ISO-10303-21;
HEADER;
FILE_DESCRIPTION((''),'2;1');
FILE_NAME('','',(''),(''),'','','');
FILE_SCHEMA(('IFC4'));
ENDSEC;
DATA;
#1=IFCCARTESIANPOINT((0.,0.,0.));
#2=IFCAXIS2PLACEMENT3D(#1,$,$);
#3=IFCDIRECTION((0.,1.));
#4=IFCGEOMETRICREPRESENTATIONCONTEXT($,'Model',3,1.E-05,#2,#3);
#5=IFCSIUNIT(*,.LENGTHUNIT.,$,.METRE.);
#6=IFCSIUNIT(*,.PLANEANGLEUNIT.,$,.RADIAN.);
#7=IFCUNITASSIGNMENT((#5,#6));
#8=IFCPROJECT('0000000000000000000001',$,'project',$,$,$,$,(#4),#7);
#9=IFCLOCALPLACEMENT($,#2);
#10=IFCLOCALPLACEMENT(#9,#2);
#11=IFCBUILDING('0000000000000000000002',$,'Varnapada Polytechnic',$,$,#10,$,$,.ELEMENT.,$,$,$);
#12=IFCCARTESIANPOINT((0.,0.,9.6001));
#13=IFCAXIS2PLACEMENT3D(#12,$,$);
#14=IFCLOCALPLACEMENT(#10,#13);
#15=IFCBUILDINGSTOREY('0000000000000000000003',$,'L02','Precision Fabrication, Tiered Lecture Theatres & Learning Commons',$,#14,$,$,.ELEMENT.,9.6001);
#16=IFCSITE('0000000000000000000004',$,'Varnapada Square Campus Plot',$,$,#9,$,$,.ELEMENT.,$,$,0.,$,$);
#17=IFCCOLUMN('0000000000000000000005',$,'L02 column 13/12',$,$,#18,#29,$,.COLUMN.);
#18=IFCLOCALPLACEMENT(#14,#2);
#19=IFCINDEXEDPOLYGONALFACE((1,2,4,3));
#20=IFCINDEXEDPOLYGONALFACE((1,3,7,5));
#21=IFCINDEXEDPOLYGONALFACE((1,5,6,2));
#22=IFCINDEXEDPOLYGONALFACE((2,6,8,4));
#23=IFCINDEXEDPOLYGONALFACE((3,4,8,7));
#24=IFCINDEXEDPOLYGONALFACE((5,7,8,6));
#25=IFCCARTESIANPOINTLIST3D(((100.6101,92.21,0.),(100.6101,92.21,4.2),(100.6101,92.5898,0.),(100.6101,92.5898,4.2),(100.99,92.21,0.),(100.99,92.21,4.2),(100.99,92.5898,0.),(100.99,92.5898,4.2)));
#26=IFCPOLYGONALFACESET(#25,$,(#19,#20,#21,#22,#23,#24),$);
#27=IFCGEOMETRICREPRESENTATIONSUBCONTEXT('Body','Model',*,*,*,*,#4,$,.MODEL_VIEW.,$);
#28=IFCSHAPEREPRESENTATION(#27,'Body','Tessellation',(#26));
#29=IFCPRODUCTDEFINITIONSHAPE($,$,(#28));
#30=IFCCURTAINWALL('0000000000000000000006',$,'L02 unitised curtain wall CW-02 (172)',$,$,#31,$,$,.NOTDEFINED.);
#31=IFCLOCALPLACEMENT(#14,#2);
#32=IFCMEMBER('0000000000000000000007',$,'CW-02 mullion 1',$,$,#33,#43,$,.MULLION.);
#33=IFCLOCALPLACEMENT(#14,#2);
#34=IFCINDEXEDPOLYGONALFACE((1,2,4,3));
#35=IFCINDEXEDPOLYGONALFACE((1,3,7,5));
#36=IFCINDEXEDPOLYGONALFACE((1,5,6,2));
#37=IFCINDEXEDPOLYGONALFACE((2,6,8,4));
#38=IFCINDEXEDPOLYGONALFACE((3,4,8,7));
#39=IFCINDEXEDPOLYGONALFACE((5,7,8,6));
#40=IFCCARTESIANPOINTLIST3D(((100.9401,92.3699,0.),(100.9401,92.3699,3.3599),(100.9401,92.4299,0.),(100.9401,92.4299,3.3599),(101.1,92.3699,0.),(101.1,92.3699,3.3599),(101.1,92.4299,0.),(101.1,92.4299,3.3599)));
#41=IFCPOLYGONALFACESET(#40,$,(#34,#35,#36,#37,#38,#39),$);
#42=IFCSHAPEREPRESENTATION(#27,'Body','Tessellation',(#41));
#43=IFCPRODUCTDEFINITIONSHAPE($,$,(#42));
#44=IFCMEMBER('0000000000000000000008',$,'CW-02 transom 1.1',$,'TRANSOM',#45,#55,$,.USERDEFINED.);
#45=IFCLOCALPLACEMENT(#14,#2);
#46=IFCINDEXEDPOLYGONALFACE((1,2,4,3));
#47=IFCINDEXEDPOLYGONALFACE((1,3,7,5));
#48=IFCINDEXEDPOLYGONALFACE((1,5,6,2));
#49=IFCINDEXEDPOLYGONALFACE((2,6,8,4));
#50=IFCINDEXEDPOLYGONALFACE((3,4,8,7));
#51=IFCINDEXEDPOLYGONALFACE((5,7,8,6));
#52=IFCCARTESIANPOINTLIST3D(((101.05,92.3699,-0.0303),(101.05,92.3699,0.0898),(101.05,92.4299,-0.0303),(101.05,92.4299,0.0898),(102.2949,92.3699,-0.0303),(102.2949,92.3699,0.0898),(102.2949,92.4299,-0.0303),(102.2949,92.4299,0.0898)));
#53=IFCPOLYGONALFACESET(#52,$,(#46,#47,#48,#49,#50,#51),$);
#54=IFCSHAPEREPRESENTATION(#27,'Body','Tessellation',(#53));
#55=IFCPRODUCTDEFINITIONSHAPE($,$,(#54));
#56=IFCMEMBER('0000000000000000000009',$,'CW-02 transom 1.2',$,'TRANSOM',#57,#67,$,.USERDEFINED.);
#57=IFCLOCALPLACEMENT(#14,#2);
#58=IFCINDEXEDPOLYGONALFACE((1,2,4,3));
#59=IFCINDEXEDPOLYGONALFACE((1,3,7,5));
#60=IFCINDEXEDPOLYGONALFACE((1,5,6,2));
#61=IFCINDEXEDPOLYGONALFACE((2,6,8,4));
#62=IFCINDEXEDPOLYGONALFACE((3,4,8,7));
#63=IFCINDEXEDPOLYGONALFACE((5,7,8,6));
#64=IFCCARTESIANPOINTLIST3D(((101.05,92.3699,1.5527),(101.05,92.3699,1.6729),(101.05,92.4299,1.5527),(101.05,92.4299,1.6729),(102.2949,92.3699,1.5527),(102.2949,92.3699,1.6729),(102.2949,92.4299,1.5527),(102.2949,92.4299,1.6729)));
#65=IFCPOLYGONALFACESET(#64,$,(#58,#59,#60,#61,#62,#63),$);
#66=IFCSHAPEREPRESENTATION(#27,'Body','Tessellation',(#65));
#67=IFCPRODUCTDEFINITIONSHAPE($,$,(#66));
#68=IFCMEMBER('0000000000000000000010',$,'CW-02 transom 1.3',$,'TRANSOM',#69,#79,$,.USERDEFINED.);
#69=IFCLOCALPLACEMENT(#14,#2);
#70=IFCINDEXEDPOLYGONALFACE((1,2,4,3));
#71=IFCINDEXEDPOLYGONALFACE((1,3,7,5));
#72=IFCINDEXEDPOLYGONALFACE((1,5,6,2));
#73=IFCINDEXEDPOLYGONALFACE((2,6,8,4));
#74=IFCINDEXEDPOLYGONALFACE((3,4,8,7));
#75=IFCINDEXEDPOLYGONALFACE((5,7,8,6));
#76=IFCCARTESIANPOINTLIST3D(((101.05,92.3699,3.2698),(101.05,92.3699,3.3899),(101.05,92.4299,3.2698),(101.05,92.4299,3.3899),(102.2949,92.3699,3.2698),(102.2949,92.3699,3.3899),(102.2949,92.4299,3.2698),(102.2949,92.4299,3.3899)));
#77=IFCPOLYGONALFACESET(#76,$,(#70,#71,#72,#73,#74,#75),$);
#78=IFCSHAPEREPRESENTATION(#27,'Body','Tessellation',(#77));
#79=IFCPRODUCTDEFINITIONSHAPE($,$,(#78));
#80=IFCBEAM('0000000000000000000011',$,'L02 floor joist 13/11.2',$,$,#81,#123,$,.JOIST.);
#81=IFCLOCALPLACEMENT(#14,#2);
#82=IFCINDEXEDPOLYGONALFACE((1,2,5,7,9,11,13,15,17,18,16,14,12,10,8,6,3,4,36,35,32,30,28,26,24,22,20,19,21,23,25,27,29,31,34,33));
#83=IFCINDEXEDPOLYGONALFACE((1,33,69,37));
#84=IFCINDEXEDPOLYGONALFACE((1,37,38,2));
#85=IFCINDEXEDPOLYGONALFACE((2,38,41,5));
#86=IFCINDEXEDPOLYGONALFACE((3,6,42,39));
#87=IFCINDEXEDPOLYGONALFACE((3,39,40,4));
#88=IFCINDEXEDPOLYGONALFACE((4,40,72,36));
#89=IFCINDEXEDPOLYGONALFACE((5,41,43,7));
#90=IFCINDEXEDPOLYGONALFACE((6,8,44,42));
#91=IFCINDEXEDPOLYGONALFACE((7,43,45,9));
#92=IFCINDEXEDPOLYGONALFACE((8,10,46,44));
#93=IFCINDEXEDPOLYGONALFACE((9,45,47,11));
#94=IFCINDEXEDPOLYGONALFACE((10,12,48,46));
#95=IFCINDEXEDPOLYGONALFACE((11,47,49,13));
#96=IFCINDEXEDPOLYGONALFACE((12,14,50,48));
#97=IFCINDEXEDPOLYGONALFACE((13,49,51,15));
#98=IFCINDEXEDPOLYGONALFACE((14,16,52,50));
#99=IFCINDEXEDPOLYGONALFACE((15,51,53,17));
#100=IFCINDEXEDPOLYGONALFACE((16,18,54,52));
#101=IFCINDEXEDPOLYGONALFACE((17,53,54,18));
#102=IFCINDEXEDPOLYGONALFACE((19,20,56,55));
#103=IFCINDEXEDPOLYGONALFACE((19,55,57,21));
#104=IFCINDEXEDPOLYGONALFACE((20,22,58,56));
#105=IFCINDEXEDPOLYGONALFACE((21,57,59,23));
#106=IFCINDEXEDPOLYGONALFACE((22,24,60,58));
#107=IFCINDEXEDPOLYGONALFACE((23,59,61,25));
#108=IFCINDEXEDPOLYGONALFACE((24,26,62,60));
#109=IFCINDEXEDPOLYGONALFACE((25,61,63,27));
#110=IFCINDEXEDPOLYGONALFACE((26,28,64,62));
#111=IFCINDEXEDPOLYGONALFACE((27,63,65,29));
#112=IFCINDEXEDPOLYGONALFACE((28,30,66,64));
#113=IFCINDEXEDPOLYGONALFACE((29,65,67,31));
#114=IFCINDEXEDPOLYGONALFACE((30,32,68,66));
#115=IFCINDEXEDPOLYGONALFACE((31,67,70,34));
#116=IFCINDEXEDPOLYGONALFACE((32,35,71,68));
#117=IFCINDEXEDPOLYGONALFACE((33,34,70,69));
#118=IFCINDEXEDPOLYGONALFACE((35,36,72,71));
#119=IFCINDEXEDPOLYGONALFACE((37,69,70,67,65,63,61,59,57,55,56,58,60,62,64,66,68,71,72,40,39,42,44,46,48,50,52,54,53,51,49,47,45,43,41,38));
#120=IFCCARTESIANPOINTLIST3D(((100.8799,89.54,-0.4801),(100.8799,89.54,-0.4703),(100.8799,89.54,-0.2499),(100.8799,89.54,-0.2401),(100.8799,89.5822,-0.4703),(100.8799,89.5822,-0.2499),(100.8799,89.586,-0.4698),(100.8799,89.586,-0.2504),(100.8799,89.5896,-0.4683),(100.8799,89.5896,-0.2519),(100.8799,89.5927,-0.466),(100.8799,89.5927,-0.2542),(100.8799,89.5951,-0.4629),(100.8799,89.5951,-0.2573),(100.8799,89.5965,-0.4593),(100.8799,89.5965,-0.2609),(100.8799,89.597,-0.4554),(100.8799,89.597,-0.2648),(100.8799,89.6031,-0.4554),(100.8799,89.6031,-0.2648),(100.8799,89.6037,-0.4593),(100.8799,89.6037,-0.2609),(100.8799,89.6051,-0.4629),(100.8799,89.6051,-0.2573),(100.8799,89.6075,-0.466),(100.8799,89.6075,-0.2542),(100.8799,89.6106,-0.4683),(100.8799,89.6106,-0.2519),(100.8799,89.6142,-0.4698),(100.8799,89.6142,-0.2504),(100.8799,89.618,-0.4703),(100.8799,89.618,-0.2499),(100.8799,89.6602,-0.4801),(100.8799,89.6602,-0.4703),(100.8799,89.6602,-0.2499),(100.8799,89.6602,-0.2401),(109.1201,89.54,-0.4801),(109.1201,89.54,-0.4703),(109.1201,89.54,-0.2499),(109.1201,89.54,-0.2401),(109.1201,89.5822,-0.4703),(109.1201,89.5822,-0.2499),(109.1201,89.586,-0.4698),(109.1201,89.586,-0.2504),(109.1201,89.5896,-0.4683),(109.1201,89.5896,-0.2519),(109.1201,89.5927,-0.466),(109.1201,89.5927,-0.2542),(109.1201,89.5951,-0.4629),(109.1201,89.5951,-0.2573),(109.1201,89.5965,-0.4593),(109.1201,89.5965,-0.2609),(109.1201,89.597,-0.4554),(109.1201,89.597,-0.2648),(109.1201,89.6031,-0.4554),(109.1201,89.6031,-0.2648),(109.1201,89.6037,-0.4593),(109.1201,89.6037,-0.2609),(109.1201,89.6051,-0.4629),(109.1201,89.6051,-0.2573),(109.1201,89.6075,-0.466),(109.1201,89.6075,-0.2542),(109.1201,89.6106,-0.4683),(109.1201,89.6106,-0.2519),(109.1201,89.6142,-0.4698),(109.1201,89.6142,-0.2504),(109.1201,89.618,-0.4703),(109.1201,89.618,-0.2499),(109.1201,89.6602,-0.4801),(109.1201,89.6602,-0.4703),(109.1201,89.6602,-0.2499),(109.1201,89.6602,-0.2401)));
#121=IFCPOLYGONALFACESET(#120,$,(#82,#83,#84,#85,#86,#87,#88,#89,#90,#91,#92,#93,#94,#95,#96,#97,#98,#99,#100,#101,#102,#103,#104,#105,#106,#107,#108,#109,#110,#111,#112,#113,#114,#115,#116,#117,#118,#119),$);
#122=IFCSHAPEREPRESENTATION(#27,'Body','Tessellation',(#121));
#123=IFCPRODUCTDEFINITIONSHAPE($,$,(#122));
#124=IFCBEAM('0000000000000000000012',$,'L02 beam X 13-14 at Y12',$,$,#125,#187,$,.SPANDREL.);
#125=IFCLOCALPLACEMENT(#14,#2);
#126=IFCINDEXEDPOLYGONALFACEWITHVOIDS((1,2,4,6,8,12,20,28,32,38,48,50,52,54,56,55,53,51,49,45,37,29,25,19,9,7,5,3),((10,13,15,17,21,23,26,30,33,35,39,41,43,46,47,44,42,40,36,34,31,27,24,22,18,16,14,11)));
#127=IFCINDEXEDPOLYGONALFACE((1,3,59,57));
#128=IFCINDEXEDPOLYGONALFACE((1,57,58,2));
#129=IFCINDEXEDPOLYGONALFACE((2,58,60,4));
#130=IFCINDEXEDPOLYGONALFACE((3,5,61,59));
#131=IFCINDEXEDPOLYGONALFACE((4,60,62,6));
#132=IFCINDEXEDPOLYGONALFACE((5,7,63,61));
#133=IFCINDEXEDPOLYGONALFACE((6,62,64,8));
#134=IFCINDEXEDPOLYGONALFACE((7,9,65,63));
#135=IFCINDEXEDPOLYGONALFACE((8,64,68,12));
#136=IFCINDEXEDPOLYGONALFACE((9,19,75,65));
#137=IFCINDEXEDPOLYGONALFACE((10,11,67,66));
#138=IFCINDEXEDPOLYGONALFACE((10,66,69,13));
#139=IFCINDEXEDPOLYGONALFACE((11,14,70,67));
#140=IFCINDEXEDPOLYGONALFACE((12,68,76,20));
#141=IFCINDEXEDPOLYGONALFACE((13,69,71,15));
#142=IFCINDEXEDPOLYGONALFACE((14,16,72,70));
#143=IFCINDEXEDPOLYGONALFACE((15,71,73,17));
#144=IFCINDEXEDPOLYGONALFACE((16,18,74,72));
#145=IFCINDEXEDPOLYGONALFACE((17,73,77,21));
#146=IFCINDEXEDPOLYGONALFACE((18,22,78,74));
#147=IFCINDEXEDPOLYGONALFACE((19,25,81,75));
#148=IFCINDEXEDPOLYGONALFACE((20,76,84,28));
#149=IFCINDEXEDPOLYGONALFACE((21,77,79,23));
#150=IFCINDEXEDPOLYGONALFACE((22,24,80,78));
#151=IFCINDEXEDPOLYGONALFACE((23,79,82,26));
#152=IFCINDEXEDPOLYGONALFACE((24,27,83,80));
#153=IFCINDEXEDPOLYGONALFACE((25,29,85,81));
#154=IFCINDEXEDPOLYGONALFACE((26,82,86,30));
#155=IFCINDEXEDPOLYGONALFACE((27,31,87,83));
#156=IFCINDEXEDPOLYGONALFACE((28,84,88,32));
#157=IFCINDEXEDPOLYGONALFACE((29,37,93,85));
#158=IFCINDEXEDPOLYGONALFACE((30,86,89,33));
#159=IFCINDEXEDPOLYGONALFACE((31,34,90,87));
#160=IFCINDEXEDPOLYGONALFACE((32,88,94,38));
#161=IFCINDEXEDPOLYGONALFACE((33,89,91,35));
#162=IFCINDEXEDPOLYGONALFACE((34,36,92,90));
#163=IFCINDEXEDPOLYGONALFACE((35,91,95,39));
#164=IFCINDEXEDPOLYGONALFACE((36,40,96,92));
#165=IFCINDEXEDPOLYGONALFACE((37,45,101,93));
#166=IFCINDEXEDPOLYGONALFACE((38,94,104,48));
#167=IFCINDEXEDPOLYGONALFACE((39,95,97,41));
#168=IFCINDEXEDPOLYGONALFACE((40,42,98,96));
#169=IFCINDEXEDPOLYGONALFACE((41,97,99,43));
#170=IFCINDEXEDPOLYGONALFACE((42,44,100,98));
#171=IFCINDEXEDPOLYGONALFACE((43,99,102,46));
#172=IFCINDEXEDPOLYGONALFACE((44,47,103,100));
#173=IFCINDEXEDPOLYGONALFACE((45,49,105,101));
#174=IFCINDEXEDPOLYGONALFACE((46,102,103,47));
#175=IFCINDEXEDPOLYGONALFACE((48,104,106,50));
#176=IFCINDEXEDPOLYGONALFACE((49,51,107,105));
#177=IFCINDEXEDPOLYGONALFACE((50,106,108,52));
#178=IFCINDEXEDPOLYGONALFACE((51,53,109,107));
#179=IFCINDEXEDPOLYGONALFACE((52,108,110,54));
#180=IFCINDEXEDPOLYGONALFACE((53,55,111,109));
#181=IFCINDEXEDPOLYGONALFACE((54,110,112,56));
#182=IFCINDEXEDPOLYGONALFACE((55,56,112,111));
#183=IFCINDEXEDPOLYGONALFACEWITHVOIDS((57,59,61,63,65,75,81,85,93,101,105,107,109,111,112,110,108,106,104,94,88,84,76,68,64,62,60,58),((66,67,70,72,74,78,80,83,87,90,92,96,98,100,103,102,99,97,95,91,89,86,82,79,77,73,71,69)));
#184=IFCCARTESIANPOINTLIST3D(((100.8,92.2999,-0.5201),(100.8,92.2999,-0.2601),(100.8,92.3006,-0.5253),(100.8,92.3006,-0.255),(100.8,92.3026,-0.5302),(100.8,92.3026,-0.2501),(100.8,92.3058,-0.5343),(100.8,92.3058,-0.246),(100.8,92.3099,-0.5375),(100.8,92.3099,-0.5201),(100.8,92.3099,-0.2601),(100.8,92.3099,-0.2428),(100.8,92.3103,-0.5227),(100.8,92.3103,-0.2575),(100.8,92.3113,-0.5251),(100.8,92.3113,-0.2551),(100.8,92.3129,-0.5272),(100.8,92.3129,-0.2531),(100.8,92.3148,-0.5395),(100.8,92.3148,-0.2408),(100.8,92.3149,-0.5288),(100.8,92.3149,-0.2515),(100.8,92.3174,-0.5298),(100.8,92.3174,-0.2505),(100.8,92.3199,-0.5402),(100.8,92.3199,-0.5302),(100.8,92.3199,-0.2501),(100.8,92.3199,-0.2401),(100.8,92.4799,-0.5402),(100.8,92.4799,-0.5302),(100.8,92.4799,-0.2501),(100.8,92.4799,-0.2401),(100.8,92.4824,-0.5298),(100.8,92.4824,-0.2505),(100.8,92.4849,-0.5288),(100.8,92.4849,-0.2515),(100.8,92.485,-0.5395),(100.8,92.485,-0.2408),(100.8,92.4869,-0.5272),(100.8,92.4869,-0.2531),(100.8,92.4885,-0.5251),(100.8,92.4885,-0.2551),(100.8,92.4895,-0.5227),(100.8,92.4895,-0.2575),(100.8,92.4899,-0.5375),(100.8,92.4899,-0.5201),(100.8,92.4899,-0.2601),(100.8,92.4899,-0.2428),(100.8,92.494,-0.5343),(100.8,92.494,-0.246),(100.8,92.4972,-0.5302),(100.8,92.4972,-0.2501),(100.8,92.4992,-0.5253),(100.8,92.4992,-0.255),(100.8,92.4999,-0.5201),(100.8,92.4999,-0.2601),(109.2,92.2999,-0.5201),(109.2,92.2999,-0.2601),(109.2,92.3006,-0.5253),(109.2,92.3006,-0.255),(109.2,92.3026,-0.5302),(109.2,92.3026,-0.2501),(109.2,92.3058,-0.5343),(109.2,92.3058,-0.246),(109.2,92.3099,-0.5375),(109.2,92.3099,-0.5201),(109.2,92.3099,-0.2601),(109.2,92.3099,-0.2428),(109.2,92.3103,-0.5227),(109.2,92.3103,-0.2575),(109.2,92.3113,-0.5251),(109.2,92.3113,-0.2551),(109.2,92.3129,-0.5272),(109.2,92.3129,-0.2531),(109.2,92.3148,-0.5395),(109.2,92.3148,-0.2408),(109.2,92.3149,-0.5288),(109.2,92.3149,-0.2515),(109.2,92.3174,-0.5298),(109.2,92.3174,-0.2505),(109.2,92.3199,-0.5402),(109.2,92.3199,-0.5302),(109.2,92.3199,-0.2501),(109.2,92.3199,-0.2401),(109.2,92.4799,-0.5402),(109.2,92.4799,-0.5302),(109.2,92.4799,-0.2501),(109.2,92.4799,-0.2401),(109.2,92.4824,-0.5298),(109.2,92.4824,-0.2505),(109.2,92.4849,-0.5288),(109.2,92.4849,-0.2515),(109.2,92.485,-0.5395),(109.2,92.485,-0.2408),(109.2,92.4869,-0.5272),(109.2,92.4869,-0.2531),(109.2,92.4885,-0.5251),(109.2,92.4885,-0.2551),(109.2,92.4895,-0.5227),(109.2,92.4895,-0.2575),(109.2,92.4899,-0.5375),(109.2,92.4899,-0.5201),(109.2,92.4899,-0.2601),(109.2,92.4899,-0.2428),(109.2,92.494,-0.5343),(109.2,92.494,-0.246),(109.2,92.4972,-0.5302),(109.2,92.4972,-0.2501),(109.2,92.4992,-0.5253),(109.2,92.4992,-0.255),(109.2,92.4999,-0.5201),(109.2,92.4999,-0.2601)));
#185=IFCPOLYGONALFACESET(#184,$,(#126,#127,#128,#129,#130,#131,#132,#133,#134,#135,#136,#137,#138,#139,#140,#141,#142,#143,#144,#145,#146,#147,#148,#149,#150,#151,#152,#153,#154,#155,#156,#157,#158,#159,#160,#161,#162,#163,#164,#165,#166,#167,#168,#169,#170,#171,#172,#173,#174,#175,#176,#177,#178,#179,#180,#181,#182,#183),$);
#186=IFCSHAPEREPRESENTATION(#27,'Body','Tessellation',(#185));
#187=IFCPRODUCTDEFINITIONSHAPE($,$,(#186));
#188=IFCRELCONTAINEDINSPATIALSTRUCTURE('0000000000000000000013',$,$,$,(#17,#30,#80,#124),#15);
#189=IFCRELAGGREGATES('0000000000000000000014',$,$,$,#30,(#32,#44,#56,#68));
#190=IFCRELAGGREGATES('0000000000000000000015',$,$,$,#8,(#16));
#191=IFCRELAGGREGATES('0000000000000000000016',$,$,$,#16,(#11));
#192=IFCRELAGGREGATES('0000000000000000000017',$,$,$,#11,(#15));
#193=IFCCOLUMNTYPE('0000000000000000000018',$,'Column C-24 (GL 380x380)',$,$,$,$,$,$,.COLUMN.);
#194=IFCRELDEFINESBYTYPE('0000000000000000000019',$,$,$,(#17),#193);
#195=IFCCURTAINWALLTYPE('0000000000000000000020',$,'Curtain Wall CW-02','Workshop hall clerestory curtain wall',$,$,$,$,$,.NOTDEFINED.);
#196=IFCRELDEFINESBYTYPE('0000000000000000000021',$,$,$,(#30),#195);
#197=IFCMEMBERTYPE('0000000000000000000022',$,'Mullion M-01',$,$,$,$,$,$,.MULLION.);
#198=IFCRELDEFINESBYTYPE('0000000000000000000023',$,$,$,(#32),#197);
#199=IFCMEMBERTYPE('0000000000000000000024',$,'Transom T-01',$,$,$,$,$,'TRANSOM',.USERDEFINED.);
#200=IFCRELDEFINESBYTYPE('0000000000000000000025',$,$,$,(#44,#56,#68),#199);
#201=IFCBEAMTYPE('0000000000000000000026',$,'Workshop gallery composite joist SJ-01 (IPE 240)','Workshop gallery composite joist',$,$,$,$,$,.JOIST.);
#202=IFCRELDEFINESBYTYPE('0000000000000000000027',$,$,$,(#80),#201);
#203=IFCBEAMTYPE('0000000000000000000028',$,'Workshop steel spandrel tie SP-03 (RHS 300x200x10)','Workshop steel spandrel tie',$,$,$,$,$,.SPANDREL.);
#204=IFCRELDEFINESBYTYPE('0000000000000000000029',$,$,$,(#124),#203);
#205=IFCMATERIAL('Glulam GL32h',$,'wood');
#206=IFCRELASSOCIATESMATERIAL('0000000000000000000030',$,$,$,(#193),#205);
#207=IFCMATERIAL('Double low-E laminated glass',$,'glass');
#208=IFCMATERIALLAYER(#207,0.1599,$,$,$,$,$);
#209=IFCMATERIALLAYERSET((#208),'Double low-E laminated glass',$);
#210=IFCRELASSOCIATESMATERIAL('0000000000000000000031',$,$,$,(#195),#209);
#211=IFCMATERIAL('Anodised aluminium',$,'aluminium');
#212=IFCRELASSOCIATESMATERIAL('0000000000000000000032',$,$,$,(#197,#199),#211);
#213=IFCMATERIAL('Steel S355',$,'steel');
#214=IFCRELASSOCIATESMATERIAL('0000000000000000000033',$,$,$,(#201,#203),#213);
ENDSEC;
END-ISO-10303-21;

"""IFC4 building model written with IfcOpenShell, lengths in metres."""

from ifc_helpers import new_model, si_unit, direction, frame, origin, origin_2d, place, context, subcontext, project, spatial, rectangle, hollow_rectangle, i_section, extrude, material, layer, layer_set, material_profile, profile_set, type_object, element, aggregate, save


model = new_model("IFC4")

# Units and contexts
model_context = context("Model", 3, precision=1e-05, world=origin(), true_north=direction((0.0, 1.0)))
body_context = subcontext(model_context, "Body", "Model", "MODEL_VIEW")
ifc_project = project(units=[si_unit("LENGTHUNIT", "METRE"), si_unit("PLANEANGLEUNIT", "RADIAN")], contexts=[model_context])

# Site, building, storey
site_placement = place(None, origin())
site = spatial("IfcSite", under=ifc_project, at=site_placement, Name="Varnapada Square Campus Plot", CompositionType="ELEMENT", RefElevation=0.0)
building_placement = place(site_placement, origin())
building = spatial("IfcBuilding", under=site, at=building_placement, Name="Varnapada Polytechnic", CompositionType="ELEMENT")
storey_placement = place(building_placement, frame((0.0, 0.0, 9.6001)))
storey = spatial("IfcBuildingStorey", under=building, at=storey_placement, Name="L02", Description="Precision Fabrication, Tiered Lecture Theatres & Learning Commons", CompositionType="ELEMENT", Elevation=9.6001)

# Column
ifc_material_1 = material(Name="Glulam GL32h", Category="wood")
ifc_material_profile_1 = material_profile(ifc_material_1, rectangle(XDim=0.3799, YDim=0.3799, at=origin_2d()), Name="GL 380x380")
ifc_profile_set_1 = profile_set([ifc_material_profile_1], Name="Glulam GL32h")
column_type = type_object("IfcColumnType", Name="Column C-24 (GL 380x380)", PredefinedType="COLUMN", material=ifc_profile_set_1)
column_placement = place(storey_placement, frame((100.8, 92.3999, 0.0), z_axis=(0.0, 0.0, 1.0), x_axis=(1.0, 0.0, 0.0)))
element("IfcColumn", 1, at=column_placement, inside=storey, type_object=column_type, Name="L02 column 13/12", PredefinedType="COLUMN", context=body_context, shape_type="SweptSolid", body=[
    extrude(rectangle(XDim=0.3799, YDim=0.3799, at=origin_2d()), origin(), (0.0, 0.0, 1.0), 4.2),
])

# Curtain wall, members
ifc_material_2 = material(Name="Double low-E laminated glass", Category="glass")
ifc_layer_1 = layer(ifc_material_2, 0.1599)
ifc_layer_set_1 = layer_set([ifc_layer_1], Name="Double low-E laminated glass")
curtain_wall_type = type_object("IfcCurtainWallType", Name="Curtain Wall CW-02", Description="Workshop hall clerestory curtain wall", PredefinedType="NOTDEFINED", material=ifc_layer_set_1)
curtain_wall_placement = place(storey_placement, origin())
curtain_wall = element("IfcCurtainWall", 2, at=curtain_wall_placement, inside=storey, type_object=curtain_wall_type, Name="L02 unitised curtain wall CW-02 (172)", PredefinedType="NOTDEFINED")
ifc_material_3 = material(Name="Anodised aluminium", Category="aluminium")
ifc_material_profile_2 = material_profile(ifc_material_3, rectangle(XDim=0.0601, YDim=0.1599, at=origin_2d()), Name="ALU M60x160")
ifc_profile_set_2 = profile_set([ifc_material_profile_2], Name="Anodised aluminium")
member_type_1 = type_object("IfcMemberType", Name="Mullion M-01", PredefinedType="MULLION", material=ifc_profile_set_2)
member_1_placement = place(storey_placement, frame((101.02, 92.3999, 0.0), z_axis=(0.0, 0.0, 1.0), x_axis=(0.0, 1.0, 0.0)))
member_1 = element("IfcMember", 3, at=member_1_placement, type_object=member_type_1, Name="CW-02 mullion 1", PredefinedType="MULLION", context=body_context, shape_type="SweptSolid", body=[
    extrude(rectangle(XDim=0.0601, YDim=0.1599, at=origin_2d()), origin(), (0.0, 0.0, 1.0), 3.3599),
])
ifc_material_profile_3 = material_profile(ifc_material_3, rectangle(XDim=0.0601, YDim=0.1201, at=origin_2d()), Name="ALU T60x120")
ifc_profile_set_3 = profile_set([ifc_material_profile_3], Name="Anodised aluminium")
member_type_2 = type_object("IfcMemberType", Name="Transom T-01", ElementType="TRANSOM", PredefinedType="USERDEFINED", material=ifc_profile_set_3)
member_2_placement = place(storey_placement, frame((101.05, 92.3999, 0.0298), z_axis=(1.0, 0.0, 0.0), x_axis=(0.0, 1.0, 0.0)))
member_2 = element("IfcMember", 4, at=member_2_placement, type_object=member_type_2, Name="CW-02 transom 1.1", ObjectType="TRANSOM", PredefinedType="USERDEFINED", context=body_context, shape_type="SweptSolid", body=[
    extrude(rectangle(XDim=0.0601, YDim=0.1201, at=origin_2d()), origin(), (0.0, 0.0, 1.0), 1.2449),
])
member_3_placement = place(storey_placement, frame((101.05, 92.3999, 1.6128), z_axis=(1.0, 0.0, 0.0), x_axis=(0.0, 1.0, 0.0)))
member_3 = element("IfcMember", 5, at=member_3_placement, type_object=member_type_2, Name="CW-02 transom 1.2", ObjectType="TRANSOM", PredefinedType="USERDEFINED", context=body_context, shape_type="SweptSolid", body=[
    extrude(rectangle(XDim=0.0601, YDim=0.1201, at=origin_2d()), origin(), (0.0, 0.0, 1.0), 1.2449),
])
member_4_placement = place(storey_placement, frame((101.05, 92.3999, 3.3298), z_axis=(1.0, 0.0, 0.0), x_axis=(0.0, 1.0, 0.0)))
member_4 = element("IfcMember", 6, at=member_4_placement, type_object=member_type_2, Name="CW-02 transom 1.3", ObjectType="TRANSOM", PredefinedType="USERDEFINED", context=body_context, shape_type="SweptSolid", body=[
    extrude(rectangle(XDim=0.0601, YDim=0.1201, at=origin_2d()), origin(), (0.0, 0.0, 1.0), 1.2449),
])

# Beams
ifc_material_4 = material(Name="Steel S355", Category="steel")
ifc_material_profile_4 = material_profile(ifc_material_4, i_section(OverallWidth=0.1201, OverallDepth=0.24, WebThickness=0.0061, FlangeThickness=0.0098, FilletRadius=0.0149, at=origin_2d()), Name="IPE 240")
ifc_profile_set_4 = profile_set([ifc_material_profile_4], Name="Steel S355")
beam_type_1 = type_object("IfcBeamType", Name="Workshop gallery composite joist SJ-01 (IPE 240)", Description="Workshop gallery composite joist", PredefinedType="JOIST", material=ifc_profile_set_4)
beam_1_placement = place(storey_placement, frame((100.8799, 89.6001, -0.3601), z_axis=(1.0, 0.0, 0.0), x_axis=(0.0, 1.0, 0.0)))
element("IfcBeam", 7, at=beam_1_placement, inside=storey, type_object=beam_type_1, Name="L02 floor joist 13/11.2", PredefinedType="JOIST", context=body_context, shape_type="SweptSolid", body=[
    extrude(i_section(OverallWidth=0.1201, OverallDepth=0.24, WebThickness=0.0061, FlangeThickness=0.0098, FilletRadius=0.0149, at=origin_2d()), origin(), (0.0, 0.0, 1.0), 8.2402),
])
ifc_material_profile_5 = material_profile(ifc_material_4, hollow_rectangle(XDim=0.2, YDim=0.3, WallThickness=0.01, InnerFilletRadius=0.01, OuterFilletRadius=0.02, at=origin_2d()), Name="RHS 300x200x10")
ifc_profile_set_5 = profile_set([ifc_material_profile_5], Name="Steel S355")
beam_type_2 = type_object("IfcBeamType", Name="Workshop steel spandrel tie SP-03 (RHS 300x200x10)", Description="Workshop steel spandrel tie", PredefinedType="SPANDREL", material=ifc_profile_set_5)
beam_2_placement = place(storey_placement, frame((100.8, 92.3999, -0.3901), z_axis=(1.0, 0.0, 0.0), x_axis=(0.0, 1.0, 0.0)))
element("IfcBeam", 8, at=beam_2_placement, inside=storey, type_object=beam_type_2, Name="L02 beam X 13-14 at Y12", PredefinedType="SPANDREL", context=body_context, shape_type="SweptSolid", body=[
    extrude(hollow_rectangle(XDim=0.2, YDim=0.3, WallThickness=0.01, InnerFilletRadius=0.01, OuterFilletRadius=0.02, at=origin_2d()), origin(), (0.0, 0.0, 1.0), 8.3999),
])

aggregate(curtain_wall, [member_1, member_2, member_3, member_4])

save(model, "model.ifc")
